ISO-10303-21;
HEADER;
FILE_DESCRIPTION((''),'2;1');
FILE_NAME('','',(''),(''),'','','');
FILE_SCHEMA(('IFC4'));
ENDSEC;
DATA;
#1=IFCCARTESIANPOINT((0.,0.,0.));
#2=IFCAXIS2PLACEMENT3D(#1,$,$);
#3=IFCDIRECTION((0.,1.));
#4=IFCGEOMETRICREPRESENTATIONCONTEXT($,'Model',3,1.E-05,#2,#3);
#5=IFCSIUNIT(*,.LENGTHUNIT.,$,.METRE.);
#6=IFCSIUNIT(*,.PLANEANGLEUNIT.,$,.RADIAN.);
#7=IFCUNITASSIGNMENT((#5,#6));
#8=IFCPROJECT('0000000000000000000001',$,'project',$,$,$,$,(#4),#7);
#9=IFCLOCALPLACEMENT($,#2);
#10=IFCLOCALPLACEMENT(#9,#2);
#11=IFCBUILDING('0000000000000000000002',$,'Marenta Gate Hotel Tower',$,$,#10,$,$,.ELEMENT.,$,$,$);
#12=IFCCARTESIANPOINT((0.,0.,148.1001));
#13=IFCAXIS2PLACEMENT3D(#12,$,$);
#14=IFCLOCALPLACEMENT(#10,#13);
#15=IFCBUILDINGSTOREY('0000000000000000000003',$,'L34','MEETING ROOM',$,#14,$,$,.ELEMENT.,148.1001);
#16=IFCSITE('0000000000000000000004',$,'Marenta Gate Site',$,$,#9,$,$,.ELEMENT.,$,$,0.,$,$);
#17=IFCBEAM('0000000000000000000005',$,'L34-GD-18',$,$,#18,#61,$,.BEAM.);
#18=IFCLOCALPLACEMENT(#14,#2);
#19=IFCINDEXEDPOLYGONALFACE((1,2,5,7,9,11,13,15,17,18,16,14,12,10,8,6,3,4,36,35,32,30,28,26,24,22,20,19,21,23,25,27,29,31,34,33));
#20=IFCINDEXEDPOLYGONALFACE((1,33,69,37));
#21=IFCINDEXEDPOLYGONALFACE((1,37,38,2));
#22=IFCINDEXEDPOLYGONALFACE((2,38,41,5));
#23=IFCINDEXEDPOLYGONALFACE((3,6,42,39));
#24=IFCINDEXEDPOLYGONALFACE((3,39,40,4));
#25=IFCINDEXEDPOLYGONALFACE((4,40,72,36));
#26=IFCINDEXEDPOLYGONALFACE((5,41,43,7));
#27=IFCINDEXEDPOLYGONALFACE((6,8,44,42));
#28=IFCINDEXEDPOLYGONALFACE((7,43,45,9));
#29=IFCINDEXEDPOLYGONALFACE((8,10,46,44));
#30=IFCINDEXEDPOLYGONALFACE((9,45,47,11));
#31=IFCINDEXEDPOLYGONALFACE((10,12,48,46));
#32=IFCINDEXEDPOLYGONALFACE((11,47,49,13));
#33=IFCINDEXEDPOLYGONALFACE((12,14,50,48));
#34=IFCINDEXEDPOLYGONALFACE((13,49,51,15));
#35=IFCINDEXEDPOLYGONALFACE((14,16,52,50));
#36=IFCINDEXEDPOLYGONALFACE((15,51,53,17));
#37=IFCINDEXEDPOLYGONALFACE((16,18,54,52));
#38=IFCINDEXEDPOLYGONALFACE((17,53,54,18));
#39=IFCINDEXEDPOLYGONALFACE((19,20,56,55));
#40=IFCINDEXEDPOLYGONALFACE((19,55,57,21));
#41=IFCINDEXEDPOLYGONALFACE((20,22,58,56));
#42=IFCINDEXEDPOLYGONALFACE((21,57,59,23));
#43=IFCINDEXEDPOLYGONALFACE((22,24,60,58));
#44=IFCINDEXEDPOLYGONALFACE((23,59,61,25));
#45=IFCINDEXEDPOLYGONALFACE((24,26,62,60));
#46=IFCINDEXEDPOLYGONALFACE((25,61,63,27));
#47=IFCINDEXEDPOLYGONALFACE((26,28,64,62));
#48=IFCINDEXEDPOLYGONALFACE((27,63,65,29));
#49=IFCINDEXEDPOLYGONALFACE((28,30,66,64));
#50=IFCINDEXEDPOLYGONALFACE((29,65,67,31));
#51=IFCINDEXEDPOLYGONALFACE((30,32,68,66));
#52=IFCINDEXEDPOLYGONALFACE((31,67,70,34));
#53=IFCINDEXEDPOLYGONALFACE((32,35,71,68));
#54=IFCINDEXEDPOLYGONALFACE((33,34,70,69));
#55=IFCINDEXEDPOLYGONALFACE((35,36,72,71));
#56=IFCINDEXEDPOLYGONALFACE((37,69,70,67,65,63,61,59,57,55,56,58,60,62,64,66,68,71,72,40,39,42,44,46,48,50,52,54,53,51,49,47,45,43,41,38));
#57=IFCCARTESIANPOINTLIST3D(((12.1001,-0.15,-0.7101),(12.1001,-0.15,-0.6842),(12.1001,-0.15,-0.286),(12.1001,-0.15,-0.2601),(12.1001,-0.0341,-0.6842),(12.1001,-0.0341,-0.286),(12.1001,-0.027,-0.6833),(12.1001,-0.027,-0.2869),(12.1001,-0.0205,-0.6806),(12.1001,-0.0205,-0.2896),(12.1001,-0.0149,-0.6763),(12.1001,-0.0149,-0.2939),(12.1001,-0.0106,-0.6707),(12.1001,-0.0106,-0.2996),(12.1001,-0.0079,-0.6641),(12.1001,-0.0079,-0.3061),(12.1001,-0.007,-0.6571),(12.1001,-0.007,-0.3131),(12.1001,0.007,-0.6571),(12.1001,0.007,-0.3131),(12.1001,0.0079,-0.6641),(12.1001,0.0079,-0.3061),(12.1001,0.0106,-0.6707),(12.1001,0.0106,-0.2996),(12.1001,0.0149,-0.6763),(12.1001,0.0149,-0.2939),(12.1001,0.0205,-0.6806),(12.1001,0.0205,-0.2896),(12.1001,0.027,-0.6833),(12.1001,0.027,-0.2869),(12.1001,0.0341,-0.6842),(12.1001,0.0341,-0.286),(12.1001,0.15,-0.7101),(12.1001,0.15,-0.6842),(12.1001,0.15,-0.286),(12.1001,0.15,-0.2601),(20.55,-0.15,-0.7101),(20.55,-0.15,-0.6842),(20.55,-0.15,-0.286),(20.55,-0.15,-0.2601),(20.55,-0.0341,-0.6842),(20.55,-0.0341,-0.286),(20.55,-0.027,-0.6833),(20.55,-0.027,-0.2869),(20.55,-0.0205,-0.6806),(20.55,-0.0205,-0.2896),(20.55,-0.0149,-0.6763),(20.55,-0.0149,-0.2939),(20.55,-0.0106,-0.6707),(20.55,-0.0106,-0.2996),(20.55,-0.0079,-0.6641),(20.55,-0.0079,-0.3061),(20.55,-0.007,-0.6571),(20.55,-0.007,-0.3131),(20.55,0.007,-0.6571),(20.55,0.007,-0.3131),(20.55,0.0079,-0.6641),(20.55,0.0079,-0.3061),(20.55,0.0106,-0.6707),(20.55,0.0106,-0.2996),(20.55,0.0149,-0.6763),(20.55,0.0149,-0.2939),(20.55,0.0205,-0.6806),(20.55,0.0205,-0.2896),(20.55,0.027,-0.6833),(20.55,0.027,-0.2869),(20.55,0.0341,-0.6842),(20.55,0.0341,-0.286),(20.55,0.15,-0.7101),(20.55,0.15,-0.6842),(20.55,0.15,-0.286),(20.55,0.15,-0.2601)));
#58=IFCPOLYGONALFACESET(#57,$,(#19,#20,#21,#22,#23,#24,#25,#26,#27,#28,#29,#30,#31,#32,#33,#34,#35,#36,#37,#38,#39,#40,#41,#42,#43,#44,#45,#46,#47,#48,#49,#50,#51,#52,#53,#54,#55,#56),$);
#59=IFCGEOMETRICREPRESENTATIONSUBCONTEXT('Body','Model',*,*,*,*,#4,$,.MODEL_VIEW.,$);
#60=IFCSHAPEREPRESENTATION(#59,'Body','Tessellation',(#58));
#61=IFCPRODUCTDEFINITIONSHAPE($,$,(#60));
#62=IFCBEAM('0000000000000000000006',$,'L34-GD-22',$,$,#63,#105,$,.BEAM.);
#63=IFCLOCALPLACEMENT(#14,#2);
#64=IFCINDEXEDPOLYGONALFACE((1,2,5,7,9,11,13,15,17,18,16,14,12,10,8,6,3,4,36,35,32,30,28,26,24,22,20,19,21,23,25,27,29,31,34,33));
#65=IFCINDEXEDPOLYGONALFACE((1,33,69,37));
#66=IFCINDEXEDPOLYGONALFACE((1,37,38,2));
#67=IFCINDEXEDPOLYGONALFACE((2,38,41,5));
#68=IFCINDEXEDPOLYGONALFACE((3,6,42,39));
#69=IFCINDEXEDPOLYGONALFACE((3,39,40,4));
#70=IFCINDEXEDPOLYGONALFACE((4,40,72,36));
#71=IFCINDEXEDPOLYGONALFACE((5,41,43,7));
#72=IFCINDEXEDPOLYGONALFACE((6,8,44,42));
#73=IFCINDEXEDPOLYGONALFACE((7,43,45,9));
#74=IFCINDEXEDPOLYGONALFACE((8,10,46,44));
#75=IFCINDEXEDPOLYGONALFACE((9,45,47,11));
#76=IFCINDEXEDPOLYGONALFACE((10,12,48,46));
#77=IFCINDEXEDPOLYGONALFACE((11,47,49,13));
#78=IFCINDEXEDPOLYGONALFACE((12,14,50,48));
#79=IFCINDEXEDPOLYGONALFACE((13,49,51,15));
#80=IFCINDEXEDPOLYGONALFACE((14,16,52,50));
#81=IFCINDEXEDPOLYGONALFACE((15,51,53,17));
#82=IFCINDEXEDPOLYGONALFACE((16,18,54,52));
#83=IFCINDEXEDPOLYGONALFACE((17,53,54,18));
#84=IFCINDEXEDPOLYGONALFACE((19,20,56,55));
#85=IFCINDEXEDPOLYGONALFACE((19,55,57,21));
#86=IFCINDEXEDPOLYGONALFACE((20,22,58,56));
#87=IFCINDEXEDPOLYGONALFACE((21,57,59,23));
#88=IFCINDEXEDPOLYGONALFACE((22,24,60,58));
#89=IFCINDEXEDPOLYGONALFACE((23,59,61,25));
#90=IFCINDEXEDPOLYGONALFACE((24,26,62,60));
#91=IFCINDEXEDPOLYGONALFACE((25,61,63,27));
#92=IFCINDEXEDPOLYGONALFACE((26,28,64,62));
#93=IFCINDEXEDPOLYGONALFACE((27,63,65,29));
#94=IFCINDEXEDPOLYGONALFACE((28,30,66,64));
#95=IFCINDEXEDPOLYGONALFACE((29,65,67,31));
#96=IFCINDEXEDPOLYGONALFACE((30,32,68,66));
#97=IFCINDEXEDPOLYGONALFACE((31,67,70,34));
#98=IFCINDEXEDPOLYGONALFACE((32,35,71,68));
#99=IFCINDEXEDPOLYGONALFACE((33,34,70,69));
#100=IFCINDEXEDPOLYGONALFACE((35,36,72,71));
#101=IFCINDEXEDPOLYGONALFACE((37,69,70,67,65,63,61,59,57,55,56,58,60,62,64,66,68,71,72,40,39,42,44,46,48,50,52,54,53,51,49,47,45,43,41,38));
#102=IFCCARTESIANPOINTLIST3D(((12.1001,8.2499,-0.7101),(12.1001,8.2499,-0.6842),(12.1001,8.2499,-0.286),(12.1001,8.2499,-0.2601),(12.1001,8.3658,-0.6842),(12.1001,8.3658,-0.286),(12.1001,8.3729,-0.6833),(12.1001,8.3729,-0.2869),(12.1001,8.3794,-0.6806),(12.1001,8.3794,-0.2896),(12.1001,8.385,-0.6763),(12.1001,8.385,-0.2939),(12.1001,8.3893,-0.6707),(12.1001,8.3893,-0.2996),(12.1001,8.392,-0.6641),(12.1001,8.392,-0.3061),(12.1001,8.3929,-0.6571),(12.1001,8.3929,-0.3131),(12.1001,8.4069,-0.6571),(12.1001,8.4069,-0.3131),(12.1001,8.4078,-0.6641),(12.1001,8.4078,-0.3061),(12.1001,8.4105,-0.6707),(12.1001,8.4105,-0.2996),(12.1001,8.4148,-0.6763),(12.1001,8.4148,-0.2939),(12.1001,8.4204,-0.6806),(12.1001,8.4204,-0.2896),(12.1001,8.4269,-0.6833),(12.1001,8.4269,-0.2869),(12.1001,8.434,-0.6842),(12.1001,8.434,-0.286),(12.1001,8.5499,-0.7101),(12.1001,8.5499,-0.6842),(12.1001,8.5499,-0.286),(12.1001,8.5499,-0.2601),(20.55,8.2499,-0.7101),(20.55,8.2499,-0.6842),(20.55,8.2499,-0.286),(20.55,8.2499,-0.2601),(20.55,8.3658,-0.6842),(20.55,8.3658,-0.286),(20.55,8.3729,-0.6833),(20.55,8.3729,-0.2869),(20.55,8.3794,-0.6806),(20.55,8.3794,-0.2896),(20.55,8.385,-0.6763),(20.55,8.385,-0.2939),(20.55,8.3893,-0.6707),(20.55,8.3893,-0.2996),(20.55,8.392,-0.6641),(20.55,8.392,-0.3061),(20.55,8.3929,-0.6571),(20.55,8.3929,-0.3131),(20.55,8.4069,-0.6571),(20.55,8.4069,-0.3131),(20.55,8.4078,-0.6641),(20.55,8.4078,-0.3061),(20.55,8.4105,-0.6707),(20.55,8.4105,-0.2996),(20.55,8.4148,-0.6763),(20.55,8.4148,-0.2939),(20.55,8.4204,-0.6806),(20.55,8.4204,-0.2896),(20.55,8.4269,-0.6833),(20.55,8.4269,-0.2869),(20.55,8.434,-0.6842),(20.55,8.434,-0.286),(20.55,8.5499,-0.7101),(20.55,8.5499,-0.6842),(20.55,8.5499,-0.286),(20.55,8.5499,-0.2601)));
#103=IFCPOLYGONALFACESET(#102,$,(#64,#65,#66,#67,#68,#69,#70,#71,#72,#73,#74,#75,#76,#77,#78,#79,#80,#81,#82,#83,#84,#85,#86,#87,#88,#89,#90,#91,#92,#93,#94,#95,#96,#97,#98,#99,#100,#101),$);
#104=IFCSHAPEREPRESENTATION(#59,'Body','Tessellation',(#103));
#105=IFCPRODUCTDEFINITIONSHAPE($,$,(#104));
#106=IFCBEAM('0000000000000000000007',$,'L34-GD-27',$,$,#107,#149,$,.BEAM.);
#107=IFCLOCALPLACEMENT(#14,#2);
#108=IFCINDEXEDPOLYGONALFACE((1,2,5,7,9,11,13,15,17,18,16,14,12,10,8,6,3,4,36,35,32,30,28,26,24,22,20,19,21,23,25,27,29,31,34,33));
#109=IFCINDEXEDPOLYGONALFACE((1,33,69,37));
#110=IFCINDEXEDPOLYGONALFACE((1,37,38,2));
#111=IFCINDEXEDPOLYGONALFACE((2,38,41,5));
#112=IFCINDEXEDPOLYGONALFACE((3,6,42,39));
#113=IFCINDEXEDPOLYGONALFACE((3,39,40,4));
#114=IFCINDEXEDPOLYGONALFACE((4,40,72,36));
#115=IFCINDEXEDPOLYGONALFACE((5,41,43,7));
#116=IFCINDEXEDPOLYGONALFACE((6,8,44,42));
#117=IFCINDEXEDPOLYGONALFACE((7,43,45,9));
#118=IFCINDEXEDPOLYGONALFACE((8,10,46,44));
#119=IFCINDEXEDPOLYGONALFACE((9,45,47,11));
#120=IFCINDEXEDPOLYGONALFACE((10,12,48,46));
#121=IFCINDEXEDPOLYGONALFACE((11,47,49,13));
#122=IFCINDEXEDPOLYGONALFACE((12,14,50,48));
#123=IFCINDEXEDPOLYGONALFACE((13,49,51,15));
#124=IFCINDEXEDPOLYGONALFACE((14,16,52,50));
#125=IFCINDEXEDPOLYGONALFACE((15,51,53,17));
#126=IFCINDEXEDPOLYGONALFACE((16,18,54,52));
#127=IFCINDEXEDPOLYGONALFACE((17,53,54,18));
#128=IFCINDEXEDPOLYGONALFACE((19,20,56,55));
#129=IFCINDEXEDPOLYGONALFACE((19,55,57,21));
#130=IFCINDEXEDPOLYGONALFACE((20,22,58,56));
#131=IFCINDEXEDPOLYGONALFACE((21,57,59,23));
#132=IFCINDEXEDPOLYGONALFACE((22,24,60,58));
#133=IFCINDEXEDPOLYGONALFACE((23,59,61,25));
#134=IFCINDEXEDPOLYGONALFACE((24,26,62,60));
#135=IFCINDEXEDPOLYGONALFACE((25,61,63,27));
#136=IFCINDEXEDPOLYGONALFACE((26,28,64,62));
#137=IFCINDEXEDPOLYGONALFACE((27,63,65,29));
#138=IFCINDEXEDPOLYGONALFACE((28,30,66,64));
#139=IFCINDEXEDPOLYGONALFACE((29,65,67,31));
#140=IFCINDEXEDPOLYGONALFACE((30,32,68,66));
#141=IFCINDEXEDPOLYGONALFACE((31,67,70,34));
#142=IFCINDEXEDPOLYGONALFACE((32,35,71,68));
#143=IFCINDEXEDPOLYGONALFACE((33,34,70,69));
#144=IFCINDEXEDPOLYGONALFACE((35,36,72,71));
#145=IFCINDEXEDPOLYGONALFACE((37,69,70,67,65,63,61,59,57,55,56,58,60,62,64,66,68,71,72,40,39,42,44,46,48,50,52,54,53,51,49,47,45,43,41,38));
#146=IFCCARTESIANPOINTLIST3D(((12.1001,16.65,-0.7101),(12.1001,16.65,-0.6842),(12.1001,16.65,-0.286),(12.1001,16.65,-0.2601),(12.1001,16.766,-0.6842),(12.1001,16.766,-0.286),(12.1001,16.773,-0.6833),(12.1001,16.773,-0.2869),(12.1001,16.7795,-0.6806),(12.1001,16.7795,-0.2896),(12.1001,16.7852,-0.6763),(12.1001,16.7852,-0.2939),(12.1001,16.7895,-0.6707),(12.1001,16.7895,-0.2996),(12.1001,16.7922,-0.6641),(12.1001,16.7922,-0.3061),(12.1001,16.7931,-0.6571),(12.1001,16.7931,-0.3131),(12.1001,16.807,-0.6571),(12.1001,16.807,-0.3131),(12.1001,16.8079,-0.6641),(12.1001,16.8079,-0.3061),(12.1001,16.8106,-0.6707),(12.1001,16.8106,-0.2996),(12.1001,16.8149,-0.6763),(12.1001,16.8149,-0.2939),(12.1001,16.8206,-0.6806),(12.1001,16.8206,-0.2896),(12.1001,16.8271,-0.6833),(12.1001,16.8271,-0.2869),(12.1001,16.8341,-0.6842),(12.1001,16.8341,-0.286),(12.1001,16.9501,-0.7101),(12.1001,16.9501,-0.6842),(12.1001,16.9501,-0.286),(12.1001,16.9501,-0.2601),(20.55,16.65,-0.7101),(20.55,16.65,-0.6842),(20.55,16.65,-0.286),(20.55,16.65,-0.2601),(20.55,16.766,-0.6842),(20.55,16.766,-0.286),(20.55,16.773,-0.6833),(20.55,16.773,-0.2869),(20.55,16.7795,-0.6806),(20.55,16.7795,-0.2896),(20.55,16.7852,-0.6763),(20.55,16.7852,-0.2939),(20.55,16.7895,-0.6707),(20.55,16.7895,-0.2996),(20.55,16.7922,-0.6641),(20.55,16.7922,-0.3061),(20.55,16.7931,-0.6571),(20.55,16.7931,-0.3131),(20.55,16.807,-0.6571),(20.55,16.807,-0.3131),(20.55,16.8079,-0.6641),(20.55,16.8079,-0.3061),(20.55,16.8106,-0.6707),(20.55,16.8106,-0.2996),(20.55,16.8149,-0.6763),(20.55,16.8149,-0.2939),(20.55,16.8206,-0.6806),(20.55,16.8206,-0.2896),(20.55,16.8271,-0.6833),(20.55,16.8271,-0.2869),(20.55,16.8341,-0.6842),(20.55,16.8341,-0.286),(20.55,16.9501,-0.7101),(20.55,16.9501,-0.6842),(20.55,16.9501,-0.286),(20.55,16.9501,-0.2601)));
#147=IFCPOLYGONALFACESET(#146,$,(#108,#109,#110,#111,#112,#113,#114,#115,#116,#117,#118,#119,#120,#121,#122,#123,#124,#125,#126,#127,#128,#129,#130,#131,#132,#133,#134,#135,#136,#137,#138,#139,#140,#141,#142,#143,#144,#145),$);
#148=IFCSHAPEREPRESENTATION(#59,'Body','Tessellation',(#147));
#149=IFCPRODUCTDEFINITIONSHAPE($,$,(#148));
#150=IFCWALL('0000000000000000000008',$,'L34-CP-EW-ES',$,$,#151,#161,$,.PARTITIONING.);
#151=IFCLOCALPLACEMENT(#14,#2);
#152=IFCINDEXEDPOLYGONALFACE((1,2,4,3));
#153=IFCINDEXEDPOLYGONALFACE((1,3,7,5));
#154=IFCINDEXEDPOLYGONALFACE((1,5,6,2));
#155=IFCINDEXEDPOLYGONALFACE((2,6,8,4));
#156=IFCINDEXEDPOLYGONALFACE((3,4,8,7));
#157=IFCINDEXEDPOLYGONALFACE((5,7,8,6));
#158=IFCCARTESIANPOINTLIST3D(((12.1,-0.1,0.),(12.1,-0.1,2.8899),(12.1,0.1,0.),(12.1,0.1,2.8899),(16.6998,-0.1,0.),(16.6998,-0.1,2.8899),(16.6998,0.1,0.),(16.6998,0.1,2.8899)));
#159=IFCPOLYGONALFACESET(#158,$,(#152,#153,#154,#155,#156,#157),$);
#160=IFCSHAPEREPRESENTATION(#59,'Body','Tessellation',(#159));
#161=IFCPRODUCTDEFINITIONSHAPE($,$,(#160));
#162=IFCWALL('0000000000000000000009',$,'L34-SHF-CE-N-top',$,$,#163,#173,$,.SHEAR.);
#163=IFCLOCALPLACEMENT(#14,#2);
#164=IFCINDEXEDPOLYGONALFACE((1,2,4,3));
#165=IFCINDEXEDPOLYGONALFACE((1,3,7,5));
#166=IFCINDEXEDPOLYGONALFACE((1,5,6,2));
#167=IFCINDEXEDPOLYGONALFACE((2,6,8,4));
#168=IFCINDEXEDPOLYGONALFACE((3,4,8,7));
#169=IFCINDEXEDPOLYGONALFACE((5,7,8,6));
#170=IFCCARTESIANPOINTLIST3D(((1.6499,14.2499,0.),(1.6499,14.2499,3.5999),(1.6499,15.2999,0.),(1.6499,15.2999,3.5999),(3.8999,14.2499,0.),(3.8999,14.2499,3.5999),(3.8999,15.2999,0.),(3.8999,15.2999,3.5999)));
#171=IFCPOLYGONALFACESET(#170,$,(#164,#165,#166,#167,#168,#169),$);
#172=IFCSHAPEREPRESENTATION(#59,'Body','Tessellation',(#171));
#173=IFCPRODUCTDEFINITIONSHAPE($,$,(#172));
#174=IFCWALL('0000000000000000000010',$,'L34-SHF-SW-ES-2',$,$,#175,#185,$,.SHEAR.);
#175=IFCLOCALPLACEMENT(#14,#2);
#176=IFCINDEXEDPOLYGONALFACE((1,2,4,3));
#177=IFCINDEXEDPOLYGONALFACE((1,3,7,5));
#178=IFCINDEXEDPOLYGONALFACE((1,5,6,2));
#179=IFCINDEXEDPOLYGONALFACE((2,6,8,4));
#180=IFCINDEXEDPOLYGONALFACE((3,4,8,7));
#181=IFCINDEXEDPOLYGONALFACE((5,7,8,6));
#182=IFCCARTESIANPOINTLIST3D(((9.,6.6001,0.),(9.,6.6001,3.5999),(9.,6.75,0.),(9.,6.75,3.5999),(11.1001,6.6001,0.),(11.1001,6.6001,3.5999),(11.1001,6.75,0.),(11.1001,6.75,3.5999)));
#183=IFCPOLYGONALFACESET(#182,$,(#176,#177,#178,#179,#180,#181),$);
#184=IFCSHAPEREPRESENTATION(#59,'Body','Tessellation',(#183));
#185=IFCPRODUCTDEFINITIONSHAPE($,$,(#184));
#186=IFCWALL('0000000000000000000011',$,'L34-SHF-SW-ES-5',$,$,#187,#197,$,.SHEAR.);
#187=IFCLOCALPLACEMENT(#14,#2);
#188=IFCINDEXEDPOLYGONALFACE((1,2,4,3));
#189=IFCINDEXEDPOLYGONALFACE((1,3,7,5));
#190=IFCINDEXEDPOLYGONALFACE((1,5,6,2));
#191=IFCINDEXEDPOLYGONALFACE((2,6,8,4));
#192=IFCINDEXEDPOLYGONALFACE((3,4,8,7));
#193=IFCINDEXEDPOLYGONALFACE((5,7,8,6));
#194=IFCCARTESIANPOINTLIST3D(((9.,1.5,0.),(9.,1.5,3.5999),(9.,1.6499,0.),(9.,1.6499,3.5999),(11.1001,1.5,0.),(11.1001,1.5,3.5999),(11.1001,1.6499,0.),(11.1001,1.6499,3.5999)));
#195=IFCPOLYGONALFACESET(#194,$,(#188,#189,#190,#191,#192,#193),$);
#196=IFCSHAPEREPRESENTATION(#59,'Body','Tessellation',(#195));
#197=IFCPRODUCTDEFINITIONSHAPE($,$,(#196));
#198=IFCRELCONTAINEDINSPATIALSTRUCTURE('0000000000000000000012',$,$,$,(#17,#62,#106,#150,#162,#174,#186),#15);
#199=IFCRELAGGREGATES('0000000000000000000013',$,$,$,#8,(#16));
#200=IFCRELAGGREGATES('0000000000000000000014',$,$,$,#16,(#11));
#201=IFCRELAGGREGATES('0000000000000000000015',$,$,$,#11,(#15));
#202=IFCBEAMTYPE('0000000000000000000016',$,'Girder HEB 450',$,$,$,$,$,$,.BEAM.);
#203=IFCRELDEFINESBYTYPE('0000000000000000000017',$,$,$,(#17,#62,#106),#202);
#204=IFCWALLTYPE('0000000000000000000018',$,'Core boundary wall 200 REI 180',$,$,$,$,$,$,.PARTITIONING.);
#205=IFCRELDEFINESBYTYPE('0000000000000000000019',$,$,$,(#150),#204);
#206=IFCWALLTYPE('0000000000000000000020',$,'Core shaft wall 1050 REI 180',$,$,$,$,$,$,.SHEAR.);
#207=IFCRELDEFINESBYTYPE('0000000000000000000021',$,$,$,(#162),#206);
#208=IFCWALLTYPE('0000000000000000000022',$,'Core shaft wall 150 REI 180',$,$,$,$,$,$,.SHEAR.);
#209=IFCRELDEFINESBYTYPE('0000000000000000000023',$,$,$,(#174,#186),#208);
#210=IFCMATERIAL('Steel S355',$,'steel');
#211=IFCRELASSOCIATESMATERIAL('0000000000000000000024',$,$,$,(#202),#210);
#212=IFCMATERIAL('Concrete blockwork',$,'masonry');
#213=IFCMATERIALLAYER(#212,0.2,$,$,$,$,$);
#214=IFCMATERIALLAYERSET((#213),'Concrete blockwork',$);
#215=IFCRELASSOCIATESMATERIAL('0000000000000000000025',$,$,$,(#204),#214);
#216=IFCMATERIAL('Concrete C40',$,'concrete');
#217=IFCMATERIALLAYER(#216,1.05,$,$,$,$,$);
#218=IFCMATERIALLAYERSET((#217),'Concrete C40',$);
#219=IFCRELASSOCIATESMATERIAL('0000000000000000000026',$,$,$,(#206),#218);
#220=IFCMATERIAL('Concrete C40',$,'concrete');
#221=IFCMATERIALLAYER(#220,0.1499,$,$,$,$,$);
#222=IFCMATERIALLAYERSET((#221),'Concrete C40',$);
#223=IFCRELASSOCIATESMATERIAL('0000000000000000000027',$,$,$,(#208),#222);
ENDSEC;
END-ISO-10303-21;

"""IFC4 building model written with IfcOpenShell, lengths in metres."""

from ifc_helpers import new_model, si_unit, direction, frame, frame_2d, origin, origin_2d, place, context, subcontext, project, spatial, rectangle, i_section, extrude, material, layer, layer_set, material_profile, profile_set, type_object, element, save


model = new_model("IFC4")

# Units and contexts
model_context = context("Model", 3, precision=1e-05, world=origin(), true_north=direction((0.0, 1.0)))
body_context = subcontext(model_context, "Body", "Model", "MODEL_VIEW")
ifc_project = project(units=[si_unit("LENGTHUNIT", "METRE"), si_unit("PLANEANGLEUNIT", "RADIAN")], contexts=[model_context])

# Site, building, storey
site_placement = place(None, origin())
site = spatial("IfcSite", under=ifc_project, at=site_placement, Name="Marenta Gate Site", CompositionType="ELEMENT", RefElevation=0.0)
building_placement = place(site_placement, origin())
building = spatial("IfcBuilding", under=site, at=building_placement, Name="Marenta Gate Hotel Tower", CompositionType="ELEMENT")
storey_placement = place(building_placement, frame((0.0, 0.0, 148.1001)))
storey = spatial("IfcBuildingStorey", under=building, at=storey_placement, Name="L34", Description="MEETING ROOM", CompositionType="ELEMENT", Elevation=148.1001)

# Beams
ifc_material_1 = material(Name="Steel S355", Category="steel")
ifc_material_profile = material_profile(ifc_material_1, i_section(OverallWidth=0.3, OverallDepth=0.45, WebThickness=0.0139, FlangeThickness=0.0259, FilletRadius=0.0271, at=origin_2d()), Name="HEB 450")
ifc_profile_set = profile_set([ifc_material_profile], Name="Steel S355")
beam_type = type_object("IfcBeamType", Name="Girder HEB 450", PredefinedType="BEAM", material=ifc_profile_set)
for number, where, z_axis, x_axis, name in (
    (1, (12.1001, 0.0, -0.4851), (1.0, 0.0, 0.0), (0.0, 1.0, 0.0), "L34-GD-18"),
    (2, (12.1001, 8.3999, -0.4851), (1.0, 0.0, 0.0), (0.0, 1.0, 0.0), "L34-GD-22"),
    (3, (12.1001, 16.8, -0.4851), (1.0, 0.0, 0.0), (0.0, 1.0, 0.0), "L34-GD-27"),
):
    element("IfcBeam", number, at=place(storey_placement, frame(where, z_axis=z_axis, x_axis=x_axis)), inside=storey, type_object=beam_type, Name=name, PredefinedType="BEAM", context=body_context, shape_type="SweptSolid", body=[
        extrude(i_section(OverallWidth=0.3, OverallDepth=0.45, WebThickness=0.0139, FlangeThickness=0.0259, FilletRadius=0.0271, at=origin_2d()), origin(), (0.0, 0.0, 1.0), 8.45),
    ])

# Walls
ifc_material_2 = material(Name="Concrete blockwork", Category="masonry")
ifc_layer_1 = layer(ifc_material_2, 0.2)
ifc_layer_set_1 = layer_set([ifc_layer_1], Name="Concrete blockwork")
wall_type_1 = type_object("IfcWallType", Name="Core boundary wall 200 REI 180", PredefinedType="PARTITIONING", material=ifc_layer_set_1)
wall_1_placement = place(storey_placement, frame((12.1001, 0.0, 0.0), z_axis=(0.0, 0.0, 1.0), x_axis=(1.0, 0.0, 0.0)))
element("IfcWall", 4, at=wall_1_placement, inside=storey, type_object=wall_type_1, Name="L34-CP-EW-ES", PredefinedType="PARTITIONING", context=body_context, shape_type="SweptSolid", body=[
    extrude(rectangle(XDim=4.5999, YDim=0.2, at=frame_2d((2.2998, 0.0))), origin(), (0.0, 0.0, 1.0), 2.8899),
])
ifc_material_3 = material(Name="Concrete C40", Category="concrete")
ifc_layer_2 = layer(ifc_material_3, 1.05)
ifc_layer_set_2 = layer_set([ifc_layer_2], Name="Concrete C40")
wall_type_2 = type_object("IfcWallType", Name="Core shaft wall 1050 REI 180", PredefinedType="SHEAR", material=ifc_layer_set_2)
wall_2_placement = place(storey_placement, frame((1.6499, 14.7749, 0.0), z_axis=(0.0, 0.0, 1.0), x_axis=(1.0, 0.0, 0.0)))
element("IfcWall", 5, at=wall_2_placement, inside=storey, type_object=wall_type_2, Name="L34-SHF-CE-N-top", PredefinedType="SHEAR", context=body_context, shape_type="SweptSolid", body=[
    extrude(rectangle(XDim=2.25, YDim=1.05, at=frame_2d((1.125, 0.0))), origin(), (0.0, 0.0, 1.0), 3.5999),
])
ifc_material_4 = material(Name="Concrete C40", Category="concrete")
ifc_layer_3 = layer(ifc_material_4, 0.1499)
ifc_layer_set_3 = layer_set([ifc_layer_3], Name="Concrete C40")
wall_type_3 = type_object("IfcWallType", Name="Core shaft wall 150 REI 180", PredefinedType="SHEAR", material=ifc_layer_set_3)
for number, where, z_axis, x_axis, name in (
    (6, (9.0, 6.675, 0.0), (0.0, 0.0, 1.0), (1.0, 0.0, 0.0), "L34-SHF-SW-ES-2"),
    (7, (9.0, 1.575, 0.0), (0.0, 0.0, 1.0), (1.0, 0.0, 0.0), "L34-SHF-SW-ES-5"),
):
    element("IfcWall", number, at=place(storey_placement, frame(where, z_axis=z_axis, x_axis=x_axis)), inside=storey, type_object=wall_type_3, Name=name, PredefinedType="SHEAR", context=body_context, shape_type="SweptSolid", body=[
        extrude(rectangle(XDim=2.1001, YDim=0.1499, at=frame_2d((1.05, 0.0))), origin(), (0.0, 0.0, 1.0), 3.5999),
    ])

save(model, "model.ifc")
